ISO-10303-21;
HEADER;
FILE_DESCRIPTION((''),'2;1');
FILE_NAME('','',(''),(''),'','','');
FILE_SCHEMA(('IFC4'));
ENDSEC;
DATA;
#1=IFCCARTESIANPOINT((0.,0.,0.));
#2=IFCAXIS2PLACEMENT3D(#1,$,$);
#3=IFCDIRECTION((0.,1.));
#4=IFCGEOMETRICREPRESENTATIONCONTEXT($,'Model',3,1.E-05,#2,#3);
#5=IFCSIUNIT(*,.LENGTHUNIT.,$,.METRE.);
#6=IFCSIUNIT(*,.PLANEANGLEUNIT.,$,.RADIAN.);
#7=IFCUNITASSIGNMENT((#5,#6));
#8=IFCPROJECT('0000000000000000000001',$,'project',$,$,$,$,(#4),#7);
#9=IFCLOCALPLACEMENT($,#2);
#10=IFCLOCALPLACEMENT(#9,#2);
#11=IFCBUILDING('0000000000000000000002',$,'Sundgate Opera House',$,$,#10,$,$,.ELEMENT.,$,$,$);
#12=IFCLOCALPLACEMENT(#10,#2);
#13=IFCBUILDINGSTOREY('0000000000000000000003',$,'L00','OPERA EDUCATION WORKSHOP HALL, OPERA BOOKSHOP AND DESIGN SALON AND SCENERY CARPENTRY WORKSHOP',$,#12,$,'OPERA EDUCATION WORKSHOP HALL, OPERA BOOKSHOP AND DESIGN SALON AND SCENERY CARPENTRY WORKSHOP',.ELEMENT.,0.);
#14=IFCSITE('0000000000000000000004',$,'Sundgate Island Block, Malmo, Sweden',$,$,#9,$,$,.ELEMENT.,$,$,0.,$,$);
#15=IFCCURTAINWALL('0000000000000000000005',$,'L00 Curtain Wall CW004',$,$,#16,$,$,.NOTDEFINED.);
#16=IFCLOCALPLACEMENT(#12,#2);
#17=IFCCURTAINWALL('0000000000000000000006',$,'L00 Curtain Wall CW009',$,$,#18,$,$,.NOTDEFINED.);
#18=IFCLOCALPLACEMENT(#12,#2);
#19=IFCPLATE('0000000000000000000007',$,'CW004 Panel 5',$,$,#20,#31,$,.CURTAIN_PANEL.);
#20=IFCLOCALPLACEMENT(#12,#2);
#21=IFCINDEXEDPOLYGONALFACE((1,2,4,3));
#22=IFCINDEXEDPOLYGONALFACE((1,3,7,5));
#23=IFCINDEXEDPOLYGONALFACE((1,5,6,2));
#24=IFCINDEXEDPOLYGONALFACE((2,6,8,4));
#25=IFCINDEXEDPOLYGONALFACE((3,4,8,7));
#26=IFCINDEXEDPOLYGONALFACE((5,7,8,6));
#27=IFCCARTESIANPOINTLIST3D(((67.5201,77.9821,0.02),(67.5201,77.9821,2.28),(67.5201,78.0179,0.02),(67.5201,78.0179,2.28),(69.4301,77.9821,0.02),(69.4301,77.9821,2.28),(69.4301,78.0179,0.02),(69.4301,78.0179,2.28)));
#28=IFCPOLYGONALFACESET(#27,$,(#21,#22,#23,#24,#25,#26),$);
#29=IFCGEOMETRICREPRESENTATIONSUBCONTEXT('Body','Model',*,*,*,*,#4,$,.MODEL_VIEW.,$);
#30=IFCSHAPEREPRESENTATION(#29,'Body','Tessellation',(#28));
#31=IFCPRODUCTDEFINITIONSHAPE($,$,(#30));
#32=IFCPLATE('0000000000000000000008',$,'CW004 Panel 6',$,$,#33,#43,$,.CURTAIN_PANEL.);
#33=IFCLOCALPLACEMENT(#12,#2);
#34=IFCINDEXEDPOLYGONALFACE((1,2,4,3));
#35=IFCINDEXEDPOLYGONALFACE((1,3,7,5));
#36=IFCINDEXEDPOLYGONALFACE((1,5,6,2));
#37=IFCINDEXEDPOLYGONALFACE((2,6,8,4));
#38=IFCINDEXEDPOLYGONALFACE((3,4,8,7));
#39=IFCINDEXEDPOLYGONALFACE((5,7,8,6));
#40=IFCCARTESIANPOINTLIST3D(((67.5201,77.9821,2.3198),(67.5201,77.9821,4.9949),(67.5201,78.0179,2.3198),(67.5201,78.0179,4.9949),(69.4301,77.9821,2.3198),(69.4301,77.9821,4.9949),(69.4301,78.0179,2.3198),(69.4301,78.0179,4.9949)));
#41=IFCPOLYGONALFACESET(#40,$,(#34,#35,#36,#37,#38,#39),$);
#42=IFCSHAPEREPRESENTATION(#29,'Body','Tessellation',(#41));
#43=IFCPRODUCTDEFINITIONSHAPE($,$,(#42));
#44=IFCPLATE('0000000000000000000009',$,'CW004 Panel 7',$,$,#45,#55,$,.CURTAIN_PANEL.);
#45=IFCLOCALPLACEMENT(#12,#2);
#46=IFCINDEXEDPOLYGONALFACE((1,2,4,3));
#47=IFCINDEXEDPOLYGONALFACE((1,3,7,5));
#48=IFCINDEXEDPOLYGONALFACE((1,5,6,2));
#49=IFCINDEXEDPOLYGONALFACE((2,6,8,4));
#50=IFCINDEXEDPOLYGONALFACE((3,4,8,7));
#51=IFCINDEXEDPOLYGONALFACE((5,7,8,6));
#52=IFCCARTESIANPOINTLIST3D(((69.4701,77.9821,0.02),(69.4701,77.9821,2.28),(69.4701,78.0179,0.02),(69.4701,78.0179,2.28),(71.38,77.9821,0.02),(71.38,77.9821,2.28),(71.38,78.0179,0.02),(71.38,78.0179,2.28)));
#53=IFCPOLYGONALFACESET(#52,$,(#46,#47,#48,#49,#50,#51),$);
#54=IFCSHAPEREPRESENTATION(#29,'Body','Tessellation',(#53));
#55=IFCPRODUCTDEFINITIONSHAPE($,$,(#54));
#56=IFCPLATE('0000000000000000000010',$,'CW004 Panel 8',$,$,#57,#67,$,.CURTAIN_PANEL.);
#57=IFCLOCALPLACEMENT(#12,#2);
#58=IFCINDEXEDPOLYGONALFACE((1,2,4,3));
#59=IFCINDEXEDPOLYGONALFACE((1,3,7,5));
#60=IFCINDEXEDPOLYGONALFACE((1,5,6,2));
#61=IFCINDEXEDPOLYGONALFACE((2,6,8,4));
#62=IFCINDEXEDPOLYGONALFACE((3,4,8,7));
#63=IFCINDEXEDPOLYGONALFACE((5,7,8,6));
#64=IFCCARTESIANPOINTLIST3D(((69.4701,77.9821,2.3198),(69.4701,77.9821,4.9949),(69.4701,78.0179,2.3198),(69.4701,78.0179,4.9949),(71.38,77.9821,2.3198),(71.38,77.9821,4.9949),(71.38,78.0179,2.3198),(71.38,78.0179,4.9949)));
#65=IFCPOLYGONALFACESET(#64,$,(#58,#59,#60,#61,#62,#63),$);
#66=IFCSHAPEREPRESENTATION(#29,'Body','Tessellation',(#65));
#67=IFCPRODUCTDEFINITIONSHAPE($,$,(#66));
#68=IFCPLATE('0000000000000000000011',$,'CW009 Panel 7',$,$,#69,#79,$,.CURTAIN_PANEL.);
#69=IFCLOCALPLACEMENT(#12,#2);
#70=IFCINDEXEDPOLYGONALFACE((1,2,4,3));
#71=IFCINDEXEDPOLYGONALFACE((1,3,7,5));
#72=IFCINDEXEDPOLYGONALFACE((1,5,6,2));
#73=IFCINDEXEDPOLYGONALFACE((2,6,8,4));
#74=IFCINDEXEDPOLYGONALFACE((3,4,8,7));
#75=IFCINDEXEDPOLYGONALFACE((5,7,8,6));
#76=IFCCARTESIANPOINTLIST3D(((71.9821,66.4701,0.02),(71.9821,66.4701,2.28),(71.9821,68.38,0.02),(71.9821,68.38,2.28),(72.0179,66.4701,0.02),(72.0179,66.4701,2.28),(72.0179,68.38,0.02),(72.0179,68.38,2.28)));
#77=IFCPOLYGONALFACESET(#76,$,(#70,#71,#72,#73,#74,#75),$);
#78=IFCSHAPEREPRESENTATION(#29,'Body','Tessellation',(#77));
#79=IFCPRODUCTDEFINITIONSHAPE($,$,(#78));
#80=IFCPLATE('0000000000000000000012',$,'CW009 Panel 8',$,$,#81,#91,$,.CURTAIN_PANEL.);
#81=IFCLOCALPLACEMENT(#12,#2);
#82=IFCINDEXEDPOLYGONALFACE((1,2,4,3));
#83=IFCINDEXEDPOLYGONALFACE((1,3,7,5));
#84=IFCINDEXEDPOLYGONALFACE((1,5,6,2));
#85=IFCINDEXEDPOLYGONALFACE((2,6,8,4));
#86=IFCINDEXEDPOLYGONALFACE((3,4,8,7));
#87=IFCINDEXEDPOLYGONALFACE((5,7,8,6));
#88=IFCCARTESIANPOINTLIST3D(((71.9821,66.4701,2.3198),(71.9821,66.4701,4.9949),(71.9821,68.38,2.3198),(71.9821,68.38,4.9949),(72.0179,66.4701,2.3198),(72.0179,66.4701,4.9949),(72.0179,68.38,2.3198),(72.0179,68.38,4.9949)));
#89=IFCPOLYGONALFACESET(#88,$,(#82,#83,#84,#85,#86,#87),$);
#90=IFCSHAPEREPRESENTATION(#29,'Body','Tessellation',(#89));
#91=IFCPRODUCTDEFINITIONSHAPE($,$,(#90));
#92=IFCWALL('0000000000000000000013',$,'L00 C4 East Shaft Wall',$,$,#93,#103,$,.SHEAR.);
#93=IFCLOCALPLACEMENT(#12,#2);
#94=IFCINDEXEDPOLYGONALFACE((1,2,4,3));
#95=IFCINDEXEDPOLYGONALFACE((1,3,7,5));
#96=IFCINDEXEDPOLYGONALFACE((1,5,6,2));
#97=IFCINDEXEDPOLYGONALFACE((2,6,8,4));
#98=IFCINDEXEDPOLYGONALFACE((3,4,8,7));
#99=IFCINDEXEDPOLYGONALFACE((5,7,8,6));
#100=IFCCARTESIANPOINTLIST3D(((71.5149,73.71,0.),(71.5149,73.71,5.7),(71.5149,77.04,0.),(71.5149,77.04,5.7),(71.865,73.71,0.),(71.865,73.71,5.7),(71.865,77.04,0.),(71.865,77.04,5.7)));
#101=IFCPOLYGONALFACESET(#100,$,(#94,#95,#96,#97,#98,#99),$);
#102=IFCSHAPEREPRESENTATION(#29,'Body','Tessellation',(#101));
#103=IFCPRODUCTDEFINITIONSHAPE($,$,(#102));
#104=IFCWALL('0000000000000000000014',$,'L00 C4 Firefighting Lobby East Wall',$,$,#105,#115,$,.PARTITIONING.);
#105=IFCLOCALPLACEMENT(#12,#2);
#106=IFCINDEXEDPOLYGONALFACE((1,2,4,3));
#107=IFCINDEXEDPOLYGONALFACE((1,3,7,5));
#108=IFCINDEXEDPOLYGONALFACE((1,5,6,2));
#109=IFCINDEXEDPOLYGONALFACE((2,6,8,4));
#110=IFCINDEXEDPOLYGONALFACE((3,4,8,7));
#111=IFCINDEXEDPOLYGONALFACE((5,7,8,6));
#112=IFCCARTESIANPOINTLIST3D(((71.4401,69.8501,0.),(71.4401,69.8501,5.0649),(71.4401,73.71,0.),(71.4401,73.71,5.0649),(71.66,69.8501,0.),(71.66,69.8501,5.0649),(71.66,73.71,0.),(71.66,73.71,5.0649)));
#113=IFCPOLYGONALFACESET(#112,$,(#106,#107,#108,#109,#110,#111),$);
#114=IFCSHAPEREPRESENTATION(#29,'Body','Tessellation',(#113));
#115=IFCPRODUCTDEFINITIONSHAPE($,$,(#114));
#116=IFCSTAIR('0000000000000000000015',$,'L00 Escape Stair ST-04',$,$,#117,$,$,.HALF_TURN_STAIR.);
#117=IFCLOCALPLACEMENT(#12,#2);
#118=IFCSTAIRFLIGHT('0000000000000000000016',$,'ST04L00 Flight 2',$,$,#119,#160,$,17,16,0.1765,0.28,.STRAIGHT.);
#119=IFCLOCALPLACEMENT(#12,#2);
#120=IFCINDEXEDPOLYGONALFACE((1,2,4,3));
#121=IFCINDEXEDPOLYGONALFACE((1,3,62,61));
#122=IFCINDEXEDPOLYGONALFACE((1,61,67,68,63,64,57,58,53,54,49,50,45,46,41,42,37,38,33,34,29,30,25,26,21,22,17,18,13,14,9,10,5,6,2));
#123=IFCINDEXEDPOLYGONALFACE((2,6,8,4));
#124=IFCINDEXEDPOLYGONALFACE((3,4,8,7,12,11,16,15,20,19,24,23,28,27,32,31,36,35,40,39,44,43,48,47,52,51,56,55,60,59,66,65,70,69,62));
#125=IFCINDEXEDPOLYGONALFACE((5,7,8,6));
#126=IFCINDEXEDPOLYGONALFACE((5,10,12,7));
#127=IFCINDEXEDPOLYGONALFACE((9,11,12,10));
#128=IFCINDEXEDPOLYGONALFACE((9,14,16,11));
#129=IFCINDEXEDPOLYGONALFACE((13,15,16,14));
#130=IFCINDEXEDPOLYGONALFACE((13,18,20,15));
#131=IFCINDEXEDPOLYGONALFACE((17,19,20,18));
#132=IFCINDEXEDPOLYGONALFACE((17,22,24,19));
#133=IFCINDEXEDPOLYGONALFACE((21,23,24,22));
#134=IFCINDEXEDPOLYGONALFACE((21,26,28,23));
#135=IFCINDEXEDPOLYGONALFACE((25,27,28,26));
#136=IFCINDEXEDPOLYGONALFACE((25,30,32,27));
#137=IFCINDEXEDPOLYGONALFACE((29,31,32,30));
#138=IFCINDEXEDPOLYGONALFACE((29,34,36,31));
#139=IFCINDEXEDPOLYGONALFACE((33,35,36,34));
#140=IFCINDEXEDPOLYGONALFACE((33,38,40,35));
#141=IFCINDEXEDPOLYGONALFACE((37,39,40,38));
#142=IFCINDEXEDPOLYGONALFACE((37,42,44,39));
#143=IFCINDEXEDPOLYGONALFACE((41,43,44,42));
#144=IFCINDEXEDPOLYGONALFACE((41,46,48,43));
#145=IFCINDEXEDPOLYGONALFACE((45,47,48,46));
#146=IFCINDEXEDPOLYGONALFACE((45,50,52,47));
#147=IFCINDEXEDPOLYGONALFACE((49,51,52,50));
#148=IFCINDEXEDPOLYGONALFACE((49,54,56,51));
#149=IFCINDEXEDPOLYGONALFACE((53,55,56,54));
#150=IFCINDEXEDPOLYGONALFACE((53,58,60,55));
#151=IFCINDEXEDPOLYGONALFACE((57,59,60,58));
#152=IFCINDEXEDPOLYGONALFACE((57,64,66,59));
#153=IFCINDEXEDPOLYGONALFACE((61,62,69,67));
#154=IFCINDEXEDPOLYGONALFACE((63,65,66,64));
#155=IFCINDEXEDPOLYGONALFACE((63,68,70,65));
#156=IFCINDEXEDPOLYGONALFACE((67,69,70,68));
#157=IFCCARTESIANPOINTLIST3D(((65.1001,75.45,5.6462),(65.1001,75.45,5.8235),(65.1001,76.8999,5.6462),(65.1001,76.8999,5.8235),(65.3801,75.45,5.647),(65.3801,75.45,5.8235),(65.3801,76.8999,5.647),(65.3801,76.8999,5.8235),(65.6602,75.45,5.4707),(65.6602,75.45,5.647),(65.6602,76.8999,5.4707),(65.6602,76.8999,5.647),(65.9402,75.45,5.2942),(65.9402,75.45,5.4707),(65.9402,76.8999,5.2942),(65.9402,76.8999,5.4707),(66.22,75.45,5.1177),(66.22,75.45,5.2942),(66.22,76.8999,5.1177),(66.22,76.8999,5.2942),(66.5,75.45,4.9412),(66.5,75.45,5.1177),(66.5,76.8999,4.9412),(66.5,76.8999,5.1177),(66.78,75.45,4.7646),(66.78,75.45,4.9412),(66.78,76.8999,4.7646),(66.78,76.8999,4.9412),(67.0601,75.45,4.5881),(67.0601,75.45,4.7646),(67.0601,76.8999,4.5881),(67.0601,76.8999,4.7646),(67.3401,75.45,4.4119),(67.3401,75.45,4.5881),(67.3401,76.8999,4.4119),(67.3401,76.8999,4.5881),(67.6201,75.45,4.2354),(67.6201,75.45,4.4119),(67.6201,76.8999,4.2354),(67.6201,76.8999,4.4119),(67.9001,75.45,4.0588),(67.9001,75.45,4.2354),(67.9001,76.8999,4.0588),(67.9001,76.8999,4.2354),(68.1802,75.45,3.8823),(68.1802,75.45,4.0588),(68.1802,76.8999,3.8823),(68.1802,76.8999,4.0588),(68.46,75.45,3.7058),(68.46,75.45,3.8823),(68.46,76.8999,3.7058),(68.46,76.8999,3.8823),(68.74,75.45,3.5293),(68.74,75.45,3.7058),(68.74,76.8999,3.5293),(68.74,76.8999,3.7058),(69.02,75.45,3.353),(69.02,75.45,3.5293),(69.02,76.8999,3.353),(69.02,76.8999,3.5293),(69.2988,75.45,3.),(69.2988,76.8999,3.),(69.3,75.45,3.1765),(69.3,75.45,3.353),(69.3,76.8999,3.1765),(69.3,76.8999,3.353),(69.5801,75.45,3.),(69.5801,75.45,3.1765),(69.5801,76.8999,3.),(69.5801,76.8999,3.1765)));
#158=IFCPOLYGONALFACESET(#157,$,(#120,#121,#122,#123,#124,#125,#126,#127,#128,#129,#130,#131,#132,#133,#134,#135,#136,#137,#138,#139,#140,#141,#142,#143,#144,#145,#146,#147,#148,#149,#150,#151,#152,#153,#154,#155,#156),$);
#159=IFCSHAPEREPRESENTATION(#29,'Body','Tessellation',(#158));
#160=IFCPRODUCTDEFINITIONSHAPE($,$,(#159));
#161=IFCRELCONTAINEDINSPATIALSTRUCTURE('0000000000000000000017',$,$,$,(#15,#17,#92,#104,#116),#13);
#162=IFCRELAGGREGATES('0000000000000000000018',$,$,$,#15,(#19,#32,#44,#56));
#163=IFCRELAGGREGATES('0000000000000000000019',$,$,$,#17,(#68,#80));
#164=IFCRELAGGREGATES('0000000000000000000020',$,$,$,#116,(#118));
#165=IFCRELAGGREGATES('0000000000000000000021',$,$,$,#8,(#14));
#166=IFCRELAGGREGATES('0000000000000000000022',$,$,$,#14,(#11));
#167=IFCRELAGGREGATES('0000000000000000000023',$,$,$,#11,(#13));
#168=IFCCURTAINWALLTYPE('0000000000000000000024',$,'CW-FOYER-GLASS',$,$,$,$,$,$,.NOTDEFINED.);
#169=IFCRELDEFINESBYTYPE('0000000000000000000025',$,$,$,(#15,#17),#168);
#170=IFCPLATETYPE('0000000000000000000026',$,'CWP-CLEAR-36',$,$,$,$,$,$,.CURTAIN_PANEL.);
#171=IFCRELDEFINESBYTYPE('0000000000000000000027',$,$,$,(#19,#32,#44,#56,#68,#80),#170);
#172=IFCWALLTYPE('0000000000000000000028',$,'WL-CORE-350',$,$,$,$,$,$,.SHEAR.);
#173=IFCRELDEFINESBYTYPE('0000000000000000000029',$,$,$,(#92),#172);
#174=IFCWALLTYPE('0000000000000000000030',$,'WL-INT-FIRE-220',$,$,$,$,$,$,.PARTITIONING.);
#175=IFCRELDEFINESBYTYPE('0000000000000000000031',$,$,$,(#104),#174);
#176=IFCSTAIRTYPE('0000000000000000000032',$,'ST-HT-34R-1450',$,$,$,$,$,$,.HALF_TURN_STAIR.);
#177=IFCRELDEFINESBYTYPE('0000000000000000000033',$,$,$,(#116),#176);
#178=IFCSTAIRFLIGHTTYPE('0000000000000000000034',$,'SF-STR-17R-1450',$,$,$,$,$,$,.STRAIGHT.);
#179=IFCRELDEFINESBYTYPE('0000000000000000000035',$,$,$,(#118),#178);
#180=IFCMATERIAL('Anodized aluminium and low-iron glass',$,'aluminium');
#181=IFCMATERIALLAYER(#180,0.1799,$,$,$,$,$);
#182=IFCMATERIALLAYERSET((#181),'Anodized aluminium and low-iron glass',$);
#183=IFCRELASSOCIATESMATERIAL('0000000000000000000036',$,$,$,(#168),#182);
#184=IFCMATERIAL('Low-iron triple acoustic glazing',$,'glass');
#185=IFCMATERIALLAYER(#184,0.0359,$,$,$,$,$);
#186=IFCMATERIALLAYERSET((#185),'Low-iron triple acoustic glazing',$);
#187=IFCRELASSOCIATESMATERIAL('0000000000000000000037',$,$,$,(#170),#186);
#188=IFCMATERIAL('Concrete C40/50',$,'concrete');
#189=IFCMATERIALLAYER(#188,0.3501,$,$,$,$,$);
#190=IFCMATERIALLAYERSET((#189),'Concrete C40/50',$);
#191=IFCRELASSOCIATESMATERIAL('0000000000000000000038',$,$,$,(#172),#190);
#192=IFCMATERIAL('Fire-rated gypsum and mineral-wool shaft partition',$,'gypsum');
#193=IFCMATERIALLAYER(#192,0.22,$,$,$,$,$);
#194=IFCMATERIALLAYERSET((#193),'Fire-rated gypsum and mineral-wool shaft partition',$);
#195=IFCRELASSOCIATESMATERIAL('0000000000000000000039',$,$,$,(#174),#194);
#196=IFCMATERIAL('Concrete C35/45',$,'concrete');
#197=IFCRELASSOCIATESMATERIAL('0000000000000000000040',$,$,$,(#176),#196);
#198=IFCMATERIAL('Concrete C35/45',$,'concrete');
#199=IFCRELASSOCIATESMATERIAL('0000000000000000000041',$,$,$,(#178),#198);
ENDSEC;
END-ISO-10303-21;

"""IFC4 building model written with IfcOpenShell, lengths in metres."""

from ifc_helpers import new_model, si_unit, direction, frame, frame_2d, origin, origin_2d, place, context, subcontext, project, spatial, polyline, rectangle, outline, extrude, material, layer, layer_set, type_object, element, aggregate, save


model = new_model("IFC4")

# Units and contexts
model_context = context("Model", 3, precision=1e-05, world=origin(), true_north=direction((0.0, 1.0)))
body_context = subcontext(model_context, "Body", "Model", "MODEL_VIEW")
ifc_project = project(units=[si_unit("LENGTHUNIT", "METRE"), si_unit("PLANEANGLEUNIT", "RADIAN")], contexts=[model_context])

# Site, building, storey
site_placement = place(None, origin())
site = spatial("IfcSite", under=ifc_project, at=site_placement, Name="Sundgate Island Block, Malmo, Sweden", CompositionType="ELEMENT", RefElevation=0.0)
building_placement = place(site_placement, origin())
building = spatial("IfcBuilding", under=site, at=building_placement, Name="Sundgate Opera House", CompositionType="ELEMENT")
storey_placement = place(building_placement, origin())
storey = spatial("IfcBuildingStorey", under=building, at=storey_placement, Name="L00", Description="OPERA EDUCATION WORKSHOP HALL, OPERA BOOKSHOP AND DESIGN SALON AND SCENERY CARPENTRY WORKSHOP", LongName="OPERA EDUCATION WORKSHOP HALL, OPERA BOOKSHOP AND DESIGN SALON AND SCENERY CARPENTRY WORKSHOP", CompositionType="ELEMENT", Elevation=0.0)

# Curtain wall
ifc_material_1 = material(Name="Anodized aluminium and low-iron glass", Category="aluminium")
ifc_layer_1 = layer(ifc_material_1, 0.1799)
ifc_layer_set_1 = layer_set([ifc_layer_1], Name="Anodized aluminium and low-iron glass")
curtain_wall_type = type_object("IfcCurtainWallType", Name="CW-FOYER-GLASS", PredefinedType="NOTDEFINED", material=ifc_layer_set_1)
curtain_wall_1_placement = place(storey_placement, origin())
curtain_wall_1 = element("IfcCurtainWall", 1, at=curtain_wall_1_placement, inside=storey, type_object=curtain_wall_type, Name="L00 Curtain Wall CW004", PredefinedType="NOTDEFINED")

# Curtain wall
curtain_wall_2_placement = place(storey_placement, origin())
curtain_wall_2 = element("IfcCurtainWall", 2, at=curtain_wall_2_placement, inside=storey, type_object=curtain_wall_type, Name="L00 Curtain Wall CW009", PredefinedType="NOTDEFINED")

# Plates
ifc_material_2 = material(Name="Low-iron triple acoustic glazing", Category="glass")
ifc_layer_2 = layer(ifc_material_2, 0.0359)
ifc_layer_set_2 = layer_set([ifc_layer_2], Name="Low-iron triple acoustic glazing")
plate_type = type_object("IfcPlateType", Name="CWP-CLEAR-36", PredefinedType="CURTAIN_PANEL", material=ifc_layer_set_2)
plate_1_placement = place(storey_placement, frame((68.4751, 78.0, 0.02), z_axis=(0.0, 0.0, 1.0), x_axis=(1.0, 0.0, 0.0)))
plate_1 = element("IfcPlate", 3, at=plate_1_placement, type_object=plate_type, Name="CW004 Panel 5", PredefinedType="CURTAIN_PANEL", context=body_context, shape_type="SweptSolid", body=[
    extrude(rectangle(XDim=1.9099, YDim=0.0359, at=origin_2d()), origin(), (0.0, 0.0, 1.0), 2.26),
])
plate_2_placement = place(storey_placement, frame((68.4751, 78.0, 2.3198), z_axis=(0.0, 0.0, 1.0), x_axis=(1.0, 0.0, 0.0)))
plate_2 = element("IfcPlate", 4, at=plate_2_placement, type_object=plate_type, Name="CW004 Panel 6", PredefinedType="CURTAIN_PANEL", context=body_context, shape_type="SweptSolid", body=[
    extrude(rectangle(XDim=1.9099, YDim=0.0359, at=origin_2d()), origin(), (0.0, 0.0, 1.0), 2.675),
])
plate_3_placement = place(storey_placement, frame((70.425, 78.0, 0.02), z_axis=(0.0, 0.0, 1.0), x_axis=(1.0, 0.0, 0.0)))
plate_3 = element("IfcPlate", 5, at=plate_3_placement, type_object=plate_type, Name="CW004 Panel 7", PredefinedType="CURTAIN_PANEL", context=body_context, shape_type="SweptSolid", body=[
    extrude(rectangle(XDim=1.9099, YDim=0.0359, at=origin_2d()), origin(), (0.0, 0.0, 1.0), 2.26),
])
plate_4_placement = place(storey_placement, frame((70.425, 78.0, 2.3198), z_axis=(0.0, 0.0, 1.0), x_axis=(1.0, 0.0, 0.0)))
plate_4 = element("IfcPlate", 6, at=plate_4_placement, type_object=plate_type, Name="CW004 Panel 8", PredefinedType="CURTAIN_PANEL", context=body_context, shape_type="SweptSolid", body=[
    extrude(rectangle(XDim=1.9099, YDim=0.0359, at=origin_2d()), origin(), (0.0, 0.0, 1.0), 2.675),
])
aggregate(curtain_wall_1, [plate_1, plate_2, plate_3, plate_4])
plate_5_placement = place(storey_placement, frame((72.0, 67.425, 0.02), z_axis=(0.0, 0.0, 1.0), x_axis=(0.0, 1.0, 0.0)))
plate_5 = element("IfcPlate", 7, at=plate_5_placement, type_object=plate_type, Name="CW009 Panel 7", PredefinedType="CURTAIN_PANEL", context=body_context, shape_type="SweptSolid", body=[
    extrude(rectangle(XDim=1.9099, YDim=0.0359, at=origin_2d()), origin(), (0.0, 0.0, 1.0), 2.26),
])
plate_6_placement = place(storey_placement, frame((72.0, 67.425, 2.3198), z_axis=(0.0, 0.0, 1.0), x_axis=(0.0, 1.0, 0.0)))
plate_6 = element("IfcPlate", 8, at=plate_6_placement, type_object=plate_type, Name="CW009 Panel 8", PredefinedType="CURTAIN_PANEL", context=body_context, shape_type="SweptSolid", body=[
    extrude(rectangle(XDim=1.9099, YDim=0.0359, at=origin_2d()), origin(), (0.0, 0.0, 1.0), 2.675),
])
aggregate(curtain_wall_2, [plate_5, plate_6])

# Walls
ifc_material_3 = material(Name="Concrete C40/50", Category="concrete")
ifc_layer_3 = layer(ifc_material_3, 0.3501)
ifc_layer_set_3 = layer_set([ifc_layer_3], Name="Concrete C40/50")
wall_type_1 = type_object("IfcWallType", Name="WL-CORE-350", PredefinedType="SHEAR", material=ifc_layer_set_3)
wall_1_placement = place(storey_placement, frame((71.6899, 73.71, 0.0), z_axis=(0.0, 0.0, 1.0), x_axis=(0.0, 1.0, 0.0)))
element("IfcWall", 9, at=wall_1_placement, inside=storey, type_object=wall_type_1, Name="L00 C4 East Shaft Wall", PredefinedType="SHEAR", context=body_context, shape_type="SweptSolid", body=[
    extrude(rectangle(XDim=3.3301, YDim=0.3501, at=frame_2d((1.665, 0.0))), origin(), (0.0, 0.0, 1.0), 5.7),
])
ifc_material_4 = material(Name="Fire-rated gypsum and mineral-wool shaft partition", Category="gypsum")
ifc_layer_4 = layer(ifc_material_4, 0.22)
ifc_layer_set_4 = layer_set([ifc_layer_4], Name="Fire-rated gypsum and mineral-wool shaft partition")
wall_type_2 = type_object("IfcWallType", Name="WL-INT-FIRE-220", PredefinedType="PARTITIONING", material=ifc_layer_set_4)
wall_2_placement = place(storey_placement, frame((71.55, 69.8501, 0.0), z_axis=(0.0, 0.0, 1.0), x_axis=(0.0, 1.0, 0.0)))
element("IfcWall", 10, at=wall_2_placement, inside=storey, type_object=wall_type_2, Name="L00 C4 Firefighting Lobby East Wall", PredefinedType="PARTITIONING", context=body_context, shape_type="SweptSolid", body=[
    extrude(rectangle(XDim=3.8599, YDim=0.22, at=frame_2d((1.9299, 0.0))), origin(), (0.0, 0.0, 1.0), 5.0649),
])

# Stair, stair flight
ifc_material_5 = material(Name="Concrete C35/45", Category="concrete")
stair_type = type_object("IfcStairType", Name="ST-HT-34R-1450", PredefinedType="HALF_TURN_STAIR", material=ifc_material_5)
stair_placement = place(storey_placement, origin())
stair = element("IfcStair", 11, at=stair_placement, inside=storey, type_object=stair_type, Name="L00 Escape Stair ST-04", PredefinedType="HALF_TURN_STAIR")
ifc_material_6 = material(Name="Concrete C35/45", Category="concrete")
stair_flight_type = type_object("IfcStairFlightType", Name="SF-STR-17R-1450", PredefinedType="STRAIGHT", material=ifc_material_6)
stair_flight_placement = place(storey_placement, frame((69.5801, 76.175, 3.0), z_axis=(0.0, 0.0, 1.0), x_axis=(-1.0, 0.0, 0.0)))
stair_flight = element("IfcStairFlight", 12, at=stair_flight_placement, type_object=stair_flight_type, Name="ST04L00 Flight 2", NumberOfRisers=17, NumberOfTreads=16, PredefinedType="STRAIGHT", RiserHeight=0.1765, TreadLength=0.28, context=body_context, shape_type="SweptSolid", body=[
    extrude(outline(polyline([(0.0, 0.0), (0.0, 0.1765), (0.28, 0.1765), (0.28, 0.353), (0.5601, 0.353), (0.5601, 0.5293), (0.8401, 0.5293), (0.8401, 0.7058), (1.1201, 0.7058), (1.1201, 0.8823), (1.3999, 0.8823), (1.3999, 1.0588), (1.6799, 1.0588), (1.6799, 1.2354), (1.96, 1.2354), (1.96, 1.4119), (2.24, 1.4119), (2.24, 1.5881), (2.52, 1.5881), (2.52, 1.7646), (2.8, 1.7646), (2.8, 1.9412), (3.0801, 1.9412), (3.0801, 2.1177), (3.3601, 2.1177), (3.3601, 2.2942), (3.6399, 2.2942), (3.6399, 2.4707), (3.9199, 2.4707), (3.9199, 2.647), (4.2, 2.647), (4.2, 2.8235), (4.48, 2.8235), (4.48, 3.0), (4.48, 2.6462), (0.2812, 0.0), (0.0, 0.0)])), frame((0.0, 0.7251, 0.0), z_axis=(0.0, -1.0, 0.0), x_axis=(1.0, 0.0, 0.0)), (0.0, 0.0, 1.0), 1.45),
])
aggregate(stair, [stair_flight])

save(model, "model.ifc")
